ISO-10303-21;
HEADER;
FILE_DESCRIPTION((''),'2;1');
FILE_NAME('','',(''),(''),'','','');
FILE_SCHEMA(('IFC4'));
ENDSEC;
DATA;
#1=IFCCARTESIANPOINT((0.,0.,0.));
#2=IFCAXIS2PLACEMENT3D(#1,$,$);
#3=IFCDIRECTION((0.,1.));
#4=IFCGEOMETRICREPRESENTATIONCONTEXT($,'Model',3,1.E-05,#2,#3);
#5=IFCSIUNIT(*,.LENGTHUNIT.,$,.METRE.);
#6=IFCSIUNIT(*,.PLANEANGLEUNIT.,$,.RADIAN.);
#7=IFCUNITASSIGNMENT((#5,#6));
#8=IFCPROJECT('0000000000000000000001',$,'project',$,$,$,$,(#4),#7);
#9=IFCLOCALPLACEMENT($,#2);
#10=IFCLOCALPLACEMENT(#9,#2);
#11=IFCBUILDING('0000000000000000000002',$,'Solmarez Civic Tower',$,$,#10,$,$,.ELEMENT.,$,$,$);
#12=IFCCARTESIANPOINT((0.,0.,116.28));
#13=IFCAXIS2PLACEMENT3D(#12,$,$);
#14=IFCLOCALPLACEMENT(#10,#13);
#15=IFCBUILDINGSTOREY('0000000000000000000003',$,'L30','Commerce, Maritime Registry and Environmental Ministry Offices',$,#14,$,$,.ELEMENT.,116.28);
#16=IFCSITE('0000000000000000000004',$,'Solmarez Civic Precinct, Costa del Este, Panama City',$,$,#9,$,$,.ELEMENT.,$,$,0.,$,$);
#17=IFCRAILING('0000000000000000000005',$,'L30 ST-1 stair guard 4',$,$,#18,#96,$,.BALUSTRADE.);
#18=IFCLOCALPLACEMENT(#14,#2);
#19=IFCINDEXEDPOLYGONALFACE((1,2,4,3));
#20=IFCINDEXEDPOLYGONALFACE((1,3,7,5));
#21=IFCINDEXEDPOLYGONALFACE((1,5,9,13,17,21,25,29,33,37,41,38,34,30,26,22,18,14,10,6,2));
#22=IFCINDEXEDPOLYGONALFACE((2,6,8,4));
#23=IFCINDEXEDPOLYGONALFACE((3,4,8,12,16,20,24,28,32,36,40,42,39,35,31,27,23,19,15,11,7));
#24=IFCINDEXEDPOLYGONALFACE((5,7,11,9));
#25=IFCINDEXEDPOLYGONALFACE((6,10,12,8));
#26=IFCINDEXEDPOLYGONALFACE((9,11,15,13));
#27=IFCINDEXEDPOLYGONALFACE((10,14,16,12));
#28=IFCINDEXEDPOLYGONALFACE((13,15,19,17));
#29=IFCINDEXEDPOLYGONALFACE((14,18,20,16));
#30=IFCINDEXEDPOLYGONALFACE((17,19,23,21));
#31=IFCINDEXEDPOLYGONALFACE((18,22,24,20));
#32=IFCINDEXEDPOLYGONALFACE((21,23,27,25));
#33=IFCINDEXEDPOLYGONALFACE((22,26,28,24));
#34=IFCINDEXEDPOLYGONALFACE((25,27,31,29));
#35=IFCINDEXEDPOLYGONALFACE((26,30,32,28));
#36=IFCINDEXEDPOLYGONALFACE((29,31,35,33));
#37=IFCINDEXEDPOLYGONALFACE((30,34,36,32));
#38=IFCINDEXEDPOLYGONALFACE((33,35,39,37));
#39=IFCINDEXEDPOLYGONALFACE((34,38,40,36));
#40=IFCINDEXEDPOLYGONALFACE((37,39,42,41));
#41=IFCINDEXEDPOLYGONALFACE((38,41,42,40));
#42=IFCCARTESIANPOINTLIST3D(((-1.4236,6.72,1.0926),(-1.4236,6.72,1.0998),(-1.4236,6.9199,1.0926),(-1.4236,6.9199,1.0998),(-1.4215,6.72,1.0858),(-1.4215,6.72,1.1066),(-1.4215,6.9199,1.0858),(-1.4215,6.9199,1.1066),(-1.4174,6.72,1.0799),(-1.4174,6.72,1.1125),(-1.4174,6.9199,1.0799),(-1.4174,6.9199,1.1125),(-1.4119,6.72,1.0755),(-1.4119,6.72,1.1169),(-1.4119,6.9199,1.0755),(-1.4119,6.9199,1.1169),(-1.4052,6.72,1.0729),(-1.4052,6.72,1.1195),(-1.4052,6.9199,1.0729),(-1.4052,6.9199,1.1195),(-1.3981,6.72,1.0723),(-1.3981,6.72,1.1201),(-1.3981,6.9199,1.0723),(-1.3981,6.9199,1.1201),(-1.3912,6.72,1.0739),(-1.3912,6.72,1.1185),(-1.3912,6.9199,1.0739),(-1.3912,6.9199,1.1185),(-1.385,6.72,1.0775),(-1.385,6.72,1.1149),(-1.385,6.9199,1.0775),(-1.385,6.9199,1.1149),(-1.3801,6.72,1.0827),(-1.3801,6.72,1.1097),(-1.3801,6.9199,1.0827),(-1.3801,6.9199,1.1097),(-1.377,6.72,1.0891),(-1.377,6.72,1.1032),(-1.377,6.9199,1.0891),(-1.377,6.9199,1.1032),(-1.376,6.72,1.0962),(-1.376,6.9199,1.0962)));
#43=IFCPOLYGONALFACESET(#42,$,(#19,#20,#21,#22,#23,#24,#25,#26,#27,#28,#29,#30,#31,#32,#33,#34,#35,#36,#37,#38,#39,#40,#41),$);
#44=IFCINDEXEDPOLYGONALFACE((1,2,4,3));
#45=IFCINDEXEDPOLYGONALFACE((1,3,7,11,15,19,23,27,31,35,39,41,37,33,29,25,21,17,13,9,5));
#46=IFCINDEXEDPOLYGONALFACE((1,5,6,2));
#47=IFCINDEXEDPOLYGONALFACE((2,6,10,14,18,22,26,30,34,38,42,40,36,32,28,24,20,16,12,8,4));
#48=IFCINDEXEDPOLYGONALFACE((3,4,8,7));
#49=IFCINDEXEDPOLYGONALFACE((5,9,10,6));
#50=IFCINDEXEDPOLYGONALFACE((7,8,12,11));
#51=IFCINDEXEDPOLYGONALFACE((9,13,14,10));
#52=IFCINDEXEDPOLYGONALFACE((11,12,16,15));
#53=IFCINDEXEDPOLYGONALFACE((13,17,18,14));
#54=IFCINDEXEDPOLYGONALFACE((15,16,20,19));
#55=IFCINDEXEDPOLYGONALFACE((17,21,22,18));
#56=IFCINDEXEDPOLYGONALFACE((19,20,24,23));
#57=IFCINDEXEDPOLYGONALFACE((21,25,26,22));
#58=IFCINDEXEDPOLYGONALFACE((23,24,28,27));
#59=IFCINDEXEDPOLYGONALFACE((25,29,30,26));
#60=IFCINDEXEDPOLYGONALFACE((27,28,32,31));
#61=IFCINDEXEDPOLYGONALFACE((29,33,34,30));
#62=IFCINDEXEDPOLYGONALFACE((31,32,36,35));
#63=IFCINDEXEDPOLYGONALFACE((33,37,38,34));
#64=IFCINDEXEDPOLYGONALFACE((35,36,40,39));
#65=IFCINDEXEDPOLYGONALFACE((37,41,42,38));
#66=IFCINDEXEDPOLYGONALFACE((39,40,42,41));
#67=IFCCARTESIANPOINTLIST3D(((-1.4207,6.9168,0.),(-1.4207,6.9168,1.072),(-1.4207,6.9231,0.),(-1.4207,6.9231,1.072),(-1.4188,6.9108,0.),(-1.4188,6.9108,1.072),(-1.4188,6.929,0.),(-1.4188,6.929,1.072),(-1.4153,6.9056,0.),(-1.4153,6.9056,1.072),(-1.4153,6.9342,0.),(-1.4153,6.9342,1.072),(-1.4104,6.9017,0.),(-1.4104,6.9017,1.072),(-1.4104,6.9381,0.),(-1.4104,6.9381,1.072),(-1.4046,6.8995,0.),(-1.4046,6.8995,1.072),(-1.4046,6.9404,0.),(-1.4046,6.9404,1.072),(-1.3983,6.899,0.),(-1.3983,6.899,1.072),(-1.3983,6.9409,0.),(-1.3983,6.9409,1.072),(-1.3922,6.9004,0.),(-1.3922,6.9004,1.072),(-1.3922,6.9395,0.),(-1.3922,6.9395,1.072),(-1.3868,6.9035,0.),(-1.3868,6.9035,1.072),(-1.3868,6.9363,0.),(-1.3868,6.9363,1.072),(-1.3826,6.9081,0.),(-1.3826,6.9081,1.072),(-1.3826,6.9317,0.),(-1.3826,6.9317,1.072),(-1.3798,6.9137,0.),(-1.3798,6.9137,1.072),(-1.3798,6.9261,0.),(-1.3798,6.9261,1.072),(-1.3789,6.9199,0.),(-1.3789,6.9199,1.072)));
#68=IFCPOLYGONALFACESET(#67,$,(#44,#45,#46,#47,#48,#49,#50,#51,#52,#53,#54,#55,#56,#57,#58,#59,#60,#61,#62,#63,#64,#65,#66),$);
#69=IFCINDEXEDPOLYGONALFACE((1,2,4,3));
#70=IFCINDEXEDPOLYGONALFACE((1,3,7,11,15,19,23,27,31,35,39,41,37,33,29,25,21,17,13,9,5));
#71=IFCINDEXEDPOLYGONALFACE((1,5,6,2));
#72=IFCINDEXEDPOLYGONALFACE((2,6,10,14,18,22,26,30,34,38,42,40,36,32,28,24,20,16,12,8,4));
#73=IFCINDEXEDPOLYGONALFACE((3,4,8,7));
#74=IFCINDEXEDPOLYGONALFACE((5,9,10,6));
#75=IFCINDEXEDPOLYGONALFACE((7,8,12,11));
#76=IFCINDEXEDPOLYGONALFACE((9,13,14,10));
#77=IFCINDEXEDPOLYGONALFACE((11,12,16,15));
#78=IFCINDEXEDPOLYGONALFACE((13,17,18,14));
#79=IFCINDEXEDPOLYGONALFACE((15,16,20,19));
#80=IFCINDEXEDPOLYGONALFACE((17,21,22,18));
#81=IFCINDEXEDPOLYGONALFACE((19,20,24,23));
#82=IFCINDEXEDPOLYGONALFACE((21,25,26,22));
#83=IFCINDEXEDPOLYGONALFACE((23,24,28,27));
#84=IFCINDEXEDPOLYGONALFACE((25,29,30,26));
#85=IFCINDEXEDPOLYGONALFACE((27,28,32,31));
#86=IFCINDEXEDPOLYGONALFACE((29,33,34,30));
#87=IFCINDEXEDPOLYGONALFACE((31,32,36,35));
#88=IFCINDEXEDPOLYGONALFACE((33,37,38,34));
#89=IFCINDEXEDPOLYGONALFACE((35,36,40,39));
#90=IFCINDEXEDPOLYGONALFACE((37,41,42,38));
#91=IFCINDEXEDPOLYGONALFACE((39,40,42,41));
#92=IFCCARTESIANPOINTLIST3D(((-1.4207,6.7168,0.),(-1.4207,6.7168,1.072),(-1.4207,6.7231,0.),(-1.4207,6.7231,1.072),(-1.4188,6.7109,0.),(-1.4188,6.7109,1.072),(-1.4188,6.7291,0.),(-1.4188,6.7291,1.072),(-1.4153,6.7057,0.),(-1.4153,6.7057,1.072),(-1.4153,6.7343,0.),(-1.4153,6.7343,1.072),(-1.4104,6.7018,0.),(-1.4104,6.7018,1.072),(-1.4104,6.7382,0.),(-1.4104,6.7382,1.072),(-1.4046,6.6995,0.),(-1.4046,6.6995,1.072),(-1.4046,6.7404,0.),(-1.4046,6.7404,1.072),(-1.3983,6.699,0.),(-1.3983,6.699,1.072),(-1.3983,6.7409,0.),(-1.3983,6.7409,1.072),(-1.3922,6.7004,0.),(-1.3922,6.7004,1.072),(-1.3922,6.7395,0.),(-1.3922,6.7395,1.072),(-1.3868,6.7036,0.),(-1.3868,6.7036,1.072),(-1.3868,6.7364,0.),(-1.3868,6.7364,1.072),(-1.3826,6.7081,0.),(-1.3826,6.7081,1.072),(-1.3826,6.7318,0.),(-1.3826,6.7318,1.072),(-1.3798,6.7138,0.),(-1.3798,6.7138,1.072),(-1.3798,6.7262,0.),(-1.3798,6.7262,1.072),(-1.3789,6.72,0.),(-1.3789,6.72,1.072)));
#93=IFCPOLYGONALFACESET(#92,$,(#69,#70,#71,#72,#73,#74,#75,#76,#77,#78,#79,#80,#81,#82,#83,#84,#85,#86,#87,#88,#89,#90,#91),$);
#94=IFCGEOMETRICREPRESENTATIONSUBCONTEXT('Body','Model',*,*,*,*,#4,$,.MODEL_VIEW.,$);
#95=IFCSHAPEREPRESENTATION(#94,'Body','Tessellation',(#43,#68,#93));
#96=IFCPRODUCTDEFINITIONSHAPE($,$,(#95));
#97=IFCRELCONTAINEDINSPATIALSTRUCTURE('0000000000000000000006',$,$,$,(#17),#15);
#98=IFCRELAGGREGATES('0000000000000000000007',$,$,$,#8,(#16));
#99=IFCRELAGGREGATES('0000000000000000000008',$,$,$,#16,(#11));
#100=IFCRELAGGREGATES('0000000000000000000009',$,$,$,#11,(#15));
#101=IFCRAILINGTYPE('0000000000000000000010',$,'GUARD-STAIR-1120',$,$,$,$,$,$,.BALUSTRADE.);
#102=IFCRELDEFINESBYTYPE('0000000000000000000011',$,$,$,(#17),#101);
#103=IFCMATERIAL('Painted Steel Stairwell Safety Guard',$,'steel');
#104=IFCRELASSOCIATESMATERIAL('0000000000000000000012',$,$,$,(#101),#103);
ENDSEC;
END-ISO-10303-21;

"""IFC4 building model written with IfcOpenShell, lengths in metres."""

from ifc_helpers import new_model, si_unit, direction, frame, origin, origin_2d, place, context, subcontext, project, spatial, circle, extrude, material, type_object, element, save


model = new_model("IFC4")

# Units and contexts
model_context = context("Model", 3, precision=1e-05, world=origin(), true_north=direction((0.0, 1.0)))
body_context = subcontext(model_context, "Body", "Model", "MODEL_VIEW")
ifc_project = project(units=[si_unit("LENGTHUNIT", "METRE"), si_unit("PLANEANGLEUNIT", "RADIAN")], contexts=[model_context])

# Site, building, storey
site_placement = place(None, origin())
site = spatial("IfcSite", under=ifc_project, at=site_placement, Name="Solmarez Civic Precinct, Costa del Este, Panama City", CompositionType="ELEMENT", RefElevation=0.0)
building_placement = place(site_placement, origin())
building = spatial("IfcBuilding", under=site, at=building_placement, Name="Solmarez Civic Tower", CompositionType="ELEMENT")
storey_placement = place(building_placement, frame((0.0, 0.0, 116.28)))
storey = spatial("IfcBuildingStorey", under=building, at=storey_placement, Name="L30", Description="Commerce, Maritime Registry and Environmental Ministry Offices", CompositionType="ELEMENT", Elevation=116.28)

# Railing
ifc_material_1 = material(Name="Painted Steel Stairwell Safety Guard", Category="steel")
railing_type_1 = type_object("IfcRailingType", Name="GUARD-STAIR-1120", PredefinedType="BALUSTRADE", material=ifc_material_1)
railing_1_placement = place(storey_placement, frame((-1.3999, 6.9199, 0.0)))
element("IfcRailing", 1, at=railing_1_placement, inside=storey, type_object=railing_type_1, Name="L30 ST-1 stair guard 4", PredefinedType="BALUSTRADE", context=body_context, shape_type="SweptSolid", body=[
    extrude(circle(Radius=0.0239, at=origin_2d()), frame((0.0, 0.0, 1.0962), z_axis=(0.0, -1.0, 0.0), x_axis=(1.0, 0.0, 0.0)), (0.0, 0.0, 1.0), 0.2),
    extrude(circle(Radius=0.021, at=origin_2d()), origin(), (0.0, 0.0, 1.0), 1.072),
    extrude(circle(Radius=0.021, at=origin_2d()), frame((0.0, -0.2, 0.0)), (0.0, 0.0, 1.0), 1.072),
])

save(model, "model.ifc")
